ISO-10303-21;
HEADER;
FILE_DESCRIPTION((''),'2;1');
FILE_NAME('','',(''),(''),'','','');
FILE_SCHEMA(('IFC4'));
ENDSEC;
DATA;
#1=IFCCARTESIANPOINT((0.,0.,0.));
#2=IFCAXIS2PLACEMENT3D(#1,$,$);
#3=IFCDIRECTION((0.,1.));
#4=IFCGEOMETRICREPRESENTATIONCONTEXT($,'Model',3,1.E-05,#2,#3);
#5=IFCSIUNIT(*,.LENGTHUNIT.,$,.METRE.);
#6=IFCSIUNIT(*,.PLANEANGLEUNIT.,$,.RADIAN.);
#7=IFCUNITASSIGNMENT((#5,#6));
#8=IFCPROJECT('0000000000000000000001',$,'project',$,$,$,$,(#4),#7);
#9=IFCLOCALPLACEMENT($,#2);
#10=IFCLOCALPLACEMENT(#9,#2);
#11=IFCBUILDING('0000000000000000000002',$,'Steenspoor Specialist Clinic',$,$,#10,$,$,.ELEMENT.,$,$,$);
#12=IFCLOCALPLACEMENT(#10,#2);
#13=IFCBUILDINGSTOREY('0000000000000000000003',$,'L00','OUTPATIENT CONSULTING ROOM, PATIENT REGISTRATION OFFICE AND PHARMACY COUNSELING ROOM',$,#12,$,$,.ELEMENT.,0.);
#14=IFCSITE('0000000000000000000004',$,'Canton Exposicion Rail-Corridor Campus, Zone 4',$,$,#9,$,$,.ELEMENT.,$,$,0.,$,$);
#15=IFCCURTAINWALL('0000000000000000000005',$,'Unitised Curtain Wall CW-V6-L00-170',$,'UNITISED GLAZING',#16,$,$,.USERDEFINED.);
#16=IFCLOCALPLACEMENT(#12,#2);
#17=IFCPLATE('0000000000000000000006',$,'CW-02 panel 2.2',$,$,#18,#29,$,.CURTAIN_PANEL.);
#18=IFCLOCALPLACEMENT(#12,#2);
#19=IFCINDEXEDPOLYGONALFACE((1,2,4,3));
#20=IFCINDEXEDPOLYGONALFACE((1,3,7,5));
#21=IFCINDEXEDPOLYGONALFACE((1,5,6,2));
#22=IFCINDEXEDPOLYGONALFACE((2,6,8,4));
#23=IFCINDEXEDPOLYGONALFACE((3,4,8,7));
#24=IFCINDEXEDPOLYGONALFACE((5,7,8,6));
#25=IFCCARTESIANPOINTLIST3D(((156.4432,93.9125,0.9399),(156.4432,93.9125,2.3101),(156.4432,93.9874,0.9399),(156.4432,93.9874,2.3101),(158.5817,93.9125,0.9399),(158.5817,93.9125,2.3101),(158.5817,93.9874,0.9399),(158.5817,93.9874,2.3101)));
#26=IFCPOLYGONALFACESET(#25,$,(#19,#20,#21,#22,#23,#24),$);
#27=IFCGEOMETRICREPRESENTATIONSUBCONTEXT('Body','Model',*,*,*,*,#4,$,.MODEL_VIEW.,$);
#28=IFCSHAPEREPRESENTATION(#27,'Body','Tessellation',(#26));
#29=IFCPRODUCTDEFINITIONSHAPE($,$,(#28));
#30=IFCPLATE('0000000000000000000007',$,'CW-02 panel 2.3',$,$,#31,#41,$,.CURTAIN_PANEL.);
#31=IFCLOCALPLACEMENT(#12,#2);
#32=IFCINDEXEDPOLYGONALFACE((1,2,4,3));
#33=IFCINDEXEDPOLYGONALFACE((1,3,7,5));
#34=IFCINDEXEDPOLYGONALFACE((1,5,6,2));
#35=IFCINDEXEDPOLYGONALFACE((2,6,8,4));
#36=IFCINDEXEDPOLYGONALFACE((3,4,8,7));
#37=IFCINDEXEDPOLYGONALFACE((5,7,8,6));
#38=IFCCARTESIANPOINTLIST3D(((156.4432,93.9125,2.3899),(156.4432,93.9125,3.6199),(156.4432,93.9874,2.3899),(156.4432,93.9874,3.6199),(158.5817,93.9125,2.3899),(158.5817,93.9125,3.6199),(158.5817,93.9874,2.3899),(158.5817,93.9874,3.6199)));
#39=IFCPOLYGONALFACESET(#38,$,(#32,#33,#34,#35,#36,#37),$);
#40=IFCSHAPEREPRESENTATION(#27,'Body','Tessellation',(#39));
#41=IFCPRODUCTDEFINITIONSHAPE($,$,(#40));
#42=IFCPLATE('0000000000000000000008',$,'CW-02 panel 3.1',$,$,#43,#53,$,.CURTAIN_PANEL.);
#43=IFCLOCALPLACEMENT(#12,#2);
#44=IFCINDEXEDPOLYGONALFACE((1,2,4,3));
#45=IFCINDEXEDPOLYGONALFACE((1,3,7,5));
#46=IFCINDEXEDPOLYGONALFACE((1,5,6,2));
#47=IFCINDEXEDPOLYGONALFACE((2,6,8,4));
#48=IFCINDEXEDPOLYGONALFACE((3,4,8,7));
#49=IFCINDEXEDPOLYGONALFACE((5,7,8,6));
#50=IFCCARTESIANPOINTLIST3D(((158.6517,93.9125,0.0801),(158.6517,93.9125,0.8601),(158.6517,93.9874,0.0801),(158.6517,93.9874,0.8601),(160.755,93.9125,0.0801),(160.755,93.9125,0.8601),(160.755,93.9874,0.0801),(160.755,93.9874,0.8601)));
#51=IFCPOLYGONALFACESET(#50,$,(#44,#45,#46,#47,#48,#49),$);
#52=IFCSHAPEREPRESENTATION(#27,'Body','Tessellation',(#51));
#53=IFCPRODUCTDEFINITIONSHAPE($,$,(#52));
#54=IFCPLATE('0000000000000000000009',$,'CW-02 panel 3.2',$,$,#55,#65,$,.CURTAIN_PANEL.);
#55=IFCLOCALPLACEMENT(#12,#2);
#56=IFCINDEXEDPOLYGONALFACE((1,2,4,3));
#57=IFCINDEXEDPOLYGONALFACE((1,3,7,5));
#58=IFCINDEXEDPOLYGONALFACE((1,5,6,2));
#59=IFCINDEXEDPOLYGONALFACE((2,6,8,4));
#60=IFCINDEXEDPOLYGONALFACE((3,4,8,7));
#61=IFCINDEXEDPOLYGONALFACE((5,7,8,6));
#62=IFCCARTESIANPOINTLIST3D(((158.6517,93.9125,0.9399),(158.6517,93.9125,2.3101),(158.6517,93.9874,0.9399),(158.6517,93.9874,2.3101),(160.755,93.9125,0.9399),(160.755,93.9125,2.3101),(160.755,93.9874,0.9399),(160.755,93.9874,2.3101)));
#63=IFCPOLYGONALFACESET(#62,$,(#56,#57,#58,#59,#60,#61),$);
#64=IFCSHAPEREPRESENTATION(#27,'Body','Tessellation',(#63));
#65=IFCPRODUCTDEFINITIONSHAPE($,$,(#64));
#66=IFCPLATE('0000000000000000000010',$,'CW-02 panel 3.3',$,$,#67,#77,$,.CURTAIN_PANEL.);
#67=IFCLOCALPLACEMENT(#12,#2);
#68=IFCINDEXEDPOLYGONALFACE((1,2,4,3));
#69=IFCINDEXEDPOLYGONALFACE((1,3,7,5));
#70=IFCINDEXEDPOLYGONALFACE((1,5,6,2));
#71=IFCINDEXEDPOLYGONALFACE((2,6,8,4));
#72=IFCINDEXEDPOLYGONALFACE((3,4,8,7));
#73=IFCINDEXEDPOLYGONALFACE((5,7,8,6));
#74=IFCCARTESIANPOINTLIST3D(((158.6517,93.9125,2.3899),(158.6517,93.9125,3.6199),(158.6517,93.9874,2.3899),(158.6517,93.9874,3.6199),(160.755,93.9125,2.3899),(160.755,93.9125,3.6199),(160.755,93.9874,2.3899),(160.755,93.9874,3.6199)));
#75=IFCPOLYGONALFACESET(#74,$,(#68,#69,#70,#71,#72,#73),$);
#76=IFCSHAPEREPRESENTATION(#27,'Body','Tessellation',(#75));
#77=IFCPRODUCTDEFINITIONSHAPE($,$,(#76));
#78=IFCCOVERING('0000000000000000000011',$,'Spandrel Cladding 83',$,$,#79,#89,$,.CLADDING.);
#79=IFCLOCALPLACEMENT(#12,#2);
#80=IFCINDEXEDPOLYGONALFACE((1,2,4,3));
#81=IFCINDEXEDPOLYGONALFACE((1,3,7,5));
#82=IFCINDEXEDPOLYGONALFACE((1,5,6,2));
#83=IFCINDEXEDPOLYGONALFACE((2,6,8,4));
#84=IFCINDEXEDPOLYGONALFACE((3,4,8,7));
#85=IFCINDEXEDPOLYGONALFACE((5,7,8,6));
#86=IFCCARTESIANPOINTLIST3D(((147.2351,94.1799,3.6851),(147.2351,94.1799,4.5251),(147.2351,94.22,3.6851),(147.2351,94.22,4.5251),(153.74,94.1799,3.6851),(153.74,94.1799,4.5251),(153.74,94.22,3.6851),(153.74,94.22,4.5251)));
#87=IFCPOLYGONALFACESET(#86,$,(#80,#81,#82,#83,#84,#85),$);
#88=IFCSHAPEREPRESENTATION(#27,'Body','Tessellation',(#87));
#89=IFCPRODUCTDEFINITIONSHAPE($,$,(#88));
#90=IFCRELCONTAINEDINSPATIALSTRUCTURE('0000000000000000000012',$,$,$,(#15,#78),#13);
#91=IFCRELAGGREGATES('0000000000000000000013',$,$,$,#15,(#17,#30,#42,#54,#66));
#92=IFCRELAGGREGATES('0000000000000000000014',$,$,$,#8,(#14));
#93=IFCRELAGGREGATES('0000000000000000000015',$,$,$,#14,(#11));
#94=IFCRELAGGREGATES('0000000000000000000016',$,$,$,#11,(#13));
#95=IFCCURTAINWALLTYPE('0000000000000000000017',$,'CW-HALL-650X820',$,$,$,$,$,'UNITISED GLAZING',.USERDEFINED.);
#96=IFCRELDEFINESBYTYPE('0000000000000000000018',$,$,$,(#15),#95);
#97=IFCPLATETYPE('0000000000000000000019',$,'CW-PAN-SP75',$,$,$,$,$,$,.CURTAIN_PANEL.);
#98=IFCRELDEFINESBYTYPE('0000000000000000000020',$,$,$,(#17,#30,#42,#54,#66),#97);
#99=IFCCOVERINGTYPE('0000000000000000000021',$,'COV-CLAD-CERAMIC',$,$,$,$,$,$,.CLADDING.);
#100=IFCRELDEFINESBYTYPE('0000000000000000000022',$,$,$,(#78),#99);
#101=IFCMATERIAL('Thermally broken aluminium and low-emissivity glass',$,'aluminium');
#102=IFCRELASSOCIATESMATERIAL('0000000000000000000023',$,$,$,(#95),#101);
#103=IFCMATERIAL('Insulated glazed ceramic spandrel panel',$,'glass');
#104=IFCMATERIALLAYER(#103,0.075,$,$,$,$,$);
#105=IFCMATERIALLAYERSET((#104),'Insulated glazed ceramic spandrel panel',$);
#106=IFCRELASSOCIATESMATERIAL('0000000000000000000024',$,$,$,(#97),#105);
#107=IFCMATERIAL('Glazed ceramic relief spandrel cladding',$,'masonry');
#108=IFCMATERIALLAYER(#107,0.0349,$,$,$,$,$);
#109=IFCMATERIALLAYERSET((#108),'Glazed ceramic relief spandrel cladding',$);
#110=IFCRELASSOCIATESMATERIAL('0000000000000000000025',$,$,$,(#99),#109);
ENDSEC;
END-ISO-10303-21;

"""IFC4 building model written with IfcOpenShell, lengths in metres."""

from ifc_helpers import new_model, si_unit, direction, frame, origin, origin_2d, place, context, subcontext, project, spatial, rectangle, extrude, material, layer, layer_set, type_object, element, aggregate, save


model = new_model("IFC4")

# Units and contexts
model_context = context("Model", 3, precision=1e-05, world=origin(), true_north=direction((0.0, 1.0)))
body_context = subcontext(model_context, "Body", "Model", "MODEL_VIEW")
ifc_project = project(units=[si_unit("LENGTHUNIT", "METRE"), si_unit("PLANEANGLEUNIT", "RADIAN")], contexts=[model_context])

# Site, building, storey
site_placement = place(None, origin())
site = spatial("IfcSite", under=ifc_project, at=site_placement, Name="Canton Exposicion Rail-Corridor Campus, Zone 4", CompositionType="ELEMENT", RefElevation=0.0)
building_placement = place(site_placement, origin())
building = spatial("IfcBuilding", under=site, at=building_placement, Name="Steenspoor Specialist Clinic", CompositionType="ELEMENT")
storey_placement = place(building_placement, origin())
storey = spatial("IfcBuildingStorey", under=building, at=storey_placement, Name="L00", Description="OUTPATIENT CONSULTING ROOM, PATIENT REGISTRATION OFFICE AND PHARMACY COUNSELING ROOM", CompositionType="ELEMENT", Elevation=0.0)

# Curtain wall, plates
ifc_material_1 = material(Name="Thermally broken aluminium and low-emissivity glass", Category="aluminium")
curtain_wall_type = type_object("IfcCurtainWallType", Name="CW-HALL-650X820", ElementType="UNITISED GLAZING", PredefinedType="USERDEFINED", material=ifc_material_1)
curtain_wall_placement = place(storey_placement, origin())
curtain_wall = element("IfcCurtainWall", 1, at=curtain_wall_placement, inside=storey, type_object=curtain_wall_type, Name="Unitised Curtain Wall CW-V6-L00-170", ObjectType="UNITISED GLAZING", PredefinedType="USERDEFINED")
ifc_material_2 = material(Name="Insulated glazed ceramic spandrel panel", Category="glass")
ifc_layer_1 = layer(ifc_material_2, 0.075)
ifc_layer_set_1 = layer_set([ifc_layer_1], Name="Insulated glazed ceramic spandrel panel")
plate_type = type_object("IfcPlateType", Name="CW-PAN-SP75", PredefinedType="CURTAIN_PANEL", material=ifc_layer_set_1)
plate_1_placement = place(storey_placement, frame((157.5125, 93.95, 0.9399), z_axis=(0.0, 0.0, 1.0), x_axis=(1.0, 0.0, 0.0)))
plate_1 = element("IfcPlate", 2, at=plate_1_placement, type_object=plate_type, Name="CW-02 panel 2.2", PredefinedType="CURTAIN_PANEL", context=body_context, shape_type="SweptSolid", body=[
    extrude(rectangle(XDim=2.1384, YDim=0.075, at=origin_2d()), origin(), (0.0, 0.0, 1.0), 1.3701),
])
plate_2_placement = place(storey_placement, frame((157.5125, 93.95, 2.3899), z_axis=(0.0, 0.0, 1.0), x_axis=(1.0, 0.0, 0.0)))
plate_2 = element("IfcPlate", 3, at=plate_2_placement, type_object=plate_type, Name="CW-02 panel 2.3", PredefinedType="CURTAIN_PANEL", context=body_context, shape_type="SweptSolid", body=[
    extrude(rectangle(XDim=2.1384, YDim=0.075, at=origin_2d()), origin(), (0.0, 0.0, 1.0), 1.23),
])
plate_3_placement = place(storey_placement, frame((159.7034, 93.95, 0.0801), z_axis=(0.0, 0.0, 1.0), x_axis=(1.0, 0.0, 0.0)))
plate_3 = element("IfcPlate", 4, at=plate_3_placement, type_object=plate_type, Name="CW-02 panel 3.1", PredefinedType="CURTAIN_PANEL", context=body_context, shape_type="SweptSolid", body=[
    extrude(rectangle(XDim=2.1033, YDim=0.075, at=origin_2d()), origin(), (0.0, 0.0, 1.0), 0.78),
])
plate_4_placement = place(storey_placement, frame((159.7034, 93.95, 0.9399), z_axis=(0.0, 0.0, 1.0), x_axis=(1.0, 0.0, 0.0)))
plate_4 = element("IfcPlate", 5, at=plate_4_placement, type_object=plate_type, Name="CW-02 panel 3.2", PredefinedType="CURTAIN_PANEL", context=body_context, shape_type="SweptSolid", body=[
    extrude(rectangle(XDim=2.1033, YDim=0.075, at=origin_2d()), origin(), (0.0, 0.0, 1.0), 1.3701),
])
plate_5_placement = place(storey_placement, frame((159.7034, 93.95, 2.3899), z_axis=(0.0, 0.0, 1.0), x_axis=(1.0, 0.0, 0.0)))
plate_5 = element("IfcPlate", 6, at=plate_5_placement, type_object=plate_type, Name="CW-02 panel 3.3", PredefinedType="CURTAIN_PANEL", context=body_context, shape_type="SweptSolid", body=[
    extrude(rectangle(XDim=2.1033, YDim=0.075, at=origin_2d()), origin(), (0.0, 0.0, 1.0), 1.23),
])
aggregate(curtain_wall, [plate_1, plate_2, plate_3, plate_4, plate_5])

# Covering
ifc_material_3 = material(Name="Glazed ceramic relief spandrel cladding", Category="masonry")
ifc_layer_2 = layer(ifc_material_3, 0.0349)
ifc_layer_set_2 = layer_set([ifc_layer_2], Name="Glazed ceramic relief spandrel cladding")
covering_type = type_object("IfcCoveringType", Name="COV-CLAD-CERAMIC", PredefinedType="CLADDING", material=ifc_layer_set_2)
covering_placement = place(storey_placement, frame((150.4875, 94.2, 3.6851), z_axis=(0.0, 0.0, 1.0), x_axis=(1.0, 0.0, 0.0)))
element("IfcCovering", 7, at=covering_placement, inside=storey, type_object=covering_type, Name="Spandrel Cladding 83", PredefinedType="CLADDING", context=body_context, shape_type="SweptSolid", body=[
    extrude(rectangle(XDim=6.5049, YDim=0.04, at=origin_2d()), origin(), (0.0, 0.0, 1.0), 0.8401),
])

save(model, "model.ifc")
